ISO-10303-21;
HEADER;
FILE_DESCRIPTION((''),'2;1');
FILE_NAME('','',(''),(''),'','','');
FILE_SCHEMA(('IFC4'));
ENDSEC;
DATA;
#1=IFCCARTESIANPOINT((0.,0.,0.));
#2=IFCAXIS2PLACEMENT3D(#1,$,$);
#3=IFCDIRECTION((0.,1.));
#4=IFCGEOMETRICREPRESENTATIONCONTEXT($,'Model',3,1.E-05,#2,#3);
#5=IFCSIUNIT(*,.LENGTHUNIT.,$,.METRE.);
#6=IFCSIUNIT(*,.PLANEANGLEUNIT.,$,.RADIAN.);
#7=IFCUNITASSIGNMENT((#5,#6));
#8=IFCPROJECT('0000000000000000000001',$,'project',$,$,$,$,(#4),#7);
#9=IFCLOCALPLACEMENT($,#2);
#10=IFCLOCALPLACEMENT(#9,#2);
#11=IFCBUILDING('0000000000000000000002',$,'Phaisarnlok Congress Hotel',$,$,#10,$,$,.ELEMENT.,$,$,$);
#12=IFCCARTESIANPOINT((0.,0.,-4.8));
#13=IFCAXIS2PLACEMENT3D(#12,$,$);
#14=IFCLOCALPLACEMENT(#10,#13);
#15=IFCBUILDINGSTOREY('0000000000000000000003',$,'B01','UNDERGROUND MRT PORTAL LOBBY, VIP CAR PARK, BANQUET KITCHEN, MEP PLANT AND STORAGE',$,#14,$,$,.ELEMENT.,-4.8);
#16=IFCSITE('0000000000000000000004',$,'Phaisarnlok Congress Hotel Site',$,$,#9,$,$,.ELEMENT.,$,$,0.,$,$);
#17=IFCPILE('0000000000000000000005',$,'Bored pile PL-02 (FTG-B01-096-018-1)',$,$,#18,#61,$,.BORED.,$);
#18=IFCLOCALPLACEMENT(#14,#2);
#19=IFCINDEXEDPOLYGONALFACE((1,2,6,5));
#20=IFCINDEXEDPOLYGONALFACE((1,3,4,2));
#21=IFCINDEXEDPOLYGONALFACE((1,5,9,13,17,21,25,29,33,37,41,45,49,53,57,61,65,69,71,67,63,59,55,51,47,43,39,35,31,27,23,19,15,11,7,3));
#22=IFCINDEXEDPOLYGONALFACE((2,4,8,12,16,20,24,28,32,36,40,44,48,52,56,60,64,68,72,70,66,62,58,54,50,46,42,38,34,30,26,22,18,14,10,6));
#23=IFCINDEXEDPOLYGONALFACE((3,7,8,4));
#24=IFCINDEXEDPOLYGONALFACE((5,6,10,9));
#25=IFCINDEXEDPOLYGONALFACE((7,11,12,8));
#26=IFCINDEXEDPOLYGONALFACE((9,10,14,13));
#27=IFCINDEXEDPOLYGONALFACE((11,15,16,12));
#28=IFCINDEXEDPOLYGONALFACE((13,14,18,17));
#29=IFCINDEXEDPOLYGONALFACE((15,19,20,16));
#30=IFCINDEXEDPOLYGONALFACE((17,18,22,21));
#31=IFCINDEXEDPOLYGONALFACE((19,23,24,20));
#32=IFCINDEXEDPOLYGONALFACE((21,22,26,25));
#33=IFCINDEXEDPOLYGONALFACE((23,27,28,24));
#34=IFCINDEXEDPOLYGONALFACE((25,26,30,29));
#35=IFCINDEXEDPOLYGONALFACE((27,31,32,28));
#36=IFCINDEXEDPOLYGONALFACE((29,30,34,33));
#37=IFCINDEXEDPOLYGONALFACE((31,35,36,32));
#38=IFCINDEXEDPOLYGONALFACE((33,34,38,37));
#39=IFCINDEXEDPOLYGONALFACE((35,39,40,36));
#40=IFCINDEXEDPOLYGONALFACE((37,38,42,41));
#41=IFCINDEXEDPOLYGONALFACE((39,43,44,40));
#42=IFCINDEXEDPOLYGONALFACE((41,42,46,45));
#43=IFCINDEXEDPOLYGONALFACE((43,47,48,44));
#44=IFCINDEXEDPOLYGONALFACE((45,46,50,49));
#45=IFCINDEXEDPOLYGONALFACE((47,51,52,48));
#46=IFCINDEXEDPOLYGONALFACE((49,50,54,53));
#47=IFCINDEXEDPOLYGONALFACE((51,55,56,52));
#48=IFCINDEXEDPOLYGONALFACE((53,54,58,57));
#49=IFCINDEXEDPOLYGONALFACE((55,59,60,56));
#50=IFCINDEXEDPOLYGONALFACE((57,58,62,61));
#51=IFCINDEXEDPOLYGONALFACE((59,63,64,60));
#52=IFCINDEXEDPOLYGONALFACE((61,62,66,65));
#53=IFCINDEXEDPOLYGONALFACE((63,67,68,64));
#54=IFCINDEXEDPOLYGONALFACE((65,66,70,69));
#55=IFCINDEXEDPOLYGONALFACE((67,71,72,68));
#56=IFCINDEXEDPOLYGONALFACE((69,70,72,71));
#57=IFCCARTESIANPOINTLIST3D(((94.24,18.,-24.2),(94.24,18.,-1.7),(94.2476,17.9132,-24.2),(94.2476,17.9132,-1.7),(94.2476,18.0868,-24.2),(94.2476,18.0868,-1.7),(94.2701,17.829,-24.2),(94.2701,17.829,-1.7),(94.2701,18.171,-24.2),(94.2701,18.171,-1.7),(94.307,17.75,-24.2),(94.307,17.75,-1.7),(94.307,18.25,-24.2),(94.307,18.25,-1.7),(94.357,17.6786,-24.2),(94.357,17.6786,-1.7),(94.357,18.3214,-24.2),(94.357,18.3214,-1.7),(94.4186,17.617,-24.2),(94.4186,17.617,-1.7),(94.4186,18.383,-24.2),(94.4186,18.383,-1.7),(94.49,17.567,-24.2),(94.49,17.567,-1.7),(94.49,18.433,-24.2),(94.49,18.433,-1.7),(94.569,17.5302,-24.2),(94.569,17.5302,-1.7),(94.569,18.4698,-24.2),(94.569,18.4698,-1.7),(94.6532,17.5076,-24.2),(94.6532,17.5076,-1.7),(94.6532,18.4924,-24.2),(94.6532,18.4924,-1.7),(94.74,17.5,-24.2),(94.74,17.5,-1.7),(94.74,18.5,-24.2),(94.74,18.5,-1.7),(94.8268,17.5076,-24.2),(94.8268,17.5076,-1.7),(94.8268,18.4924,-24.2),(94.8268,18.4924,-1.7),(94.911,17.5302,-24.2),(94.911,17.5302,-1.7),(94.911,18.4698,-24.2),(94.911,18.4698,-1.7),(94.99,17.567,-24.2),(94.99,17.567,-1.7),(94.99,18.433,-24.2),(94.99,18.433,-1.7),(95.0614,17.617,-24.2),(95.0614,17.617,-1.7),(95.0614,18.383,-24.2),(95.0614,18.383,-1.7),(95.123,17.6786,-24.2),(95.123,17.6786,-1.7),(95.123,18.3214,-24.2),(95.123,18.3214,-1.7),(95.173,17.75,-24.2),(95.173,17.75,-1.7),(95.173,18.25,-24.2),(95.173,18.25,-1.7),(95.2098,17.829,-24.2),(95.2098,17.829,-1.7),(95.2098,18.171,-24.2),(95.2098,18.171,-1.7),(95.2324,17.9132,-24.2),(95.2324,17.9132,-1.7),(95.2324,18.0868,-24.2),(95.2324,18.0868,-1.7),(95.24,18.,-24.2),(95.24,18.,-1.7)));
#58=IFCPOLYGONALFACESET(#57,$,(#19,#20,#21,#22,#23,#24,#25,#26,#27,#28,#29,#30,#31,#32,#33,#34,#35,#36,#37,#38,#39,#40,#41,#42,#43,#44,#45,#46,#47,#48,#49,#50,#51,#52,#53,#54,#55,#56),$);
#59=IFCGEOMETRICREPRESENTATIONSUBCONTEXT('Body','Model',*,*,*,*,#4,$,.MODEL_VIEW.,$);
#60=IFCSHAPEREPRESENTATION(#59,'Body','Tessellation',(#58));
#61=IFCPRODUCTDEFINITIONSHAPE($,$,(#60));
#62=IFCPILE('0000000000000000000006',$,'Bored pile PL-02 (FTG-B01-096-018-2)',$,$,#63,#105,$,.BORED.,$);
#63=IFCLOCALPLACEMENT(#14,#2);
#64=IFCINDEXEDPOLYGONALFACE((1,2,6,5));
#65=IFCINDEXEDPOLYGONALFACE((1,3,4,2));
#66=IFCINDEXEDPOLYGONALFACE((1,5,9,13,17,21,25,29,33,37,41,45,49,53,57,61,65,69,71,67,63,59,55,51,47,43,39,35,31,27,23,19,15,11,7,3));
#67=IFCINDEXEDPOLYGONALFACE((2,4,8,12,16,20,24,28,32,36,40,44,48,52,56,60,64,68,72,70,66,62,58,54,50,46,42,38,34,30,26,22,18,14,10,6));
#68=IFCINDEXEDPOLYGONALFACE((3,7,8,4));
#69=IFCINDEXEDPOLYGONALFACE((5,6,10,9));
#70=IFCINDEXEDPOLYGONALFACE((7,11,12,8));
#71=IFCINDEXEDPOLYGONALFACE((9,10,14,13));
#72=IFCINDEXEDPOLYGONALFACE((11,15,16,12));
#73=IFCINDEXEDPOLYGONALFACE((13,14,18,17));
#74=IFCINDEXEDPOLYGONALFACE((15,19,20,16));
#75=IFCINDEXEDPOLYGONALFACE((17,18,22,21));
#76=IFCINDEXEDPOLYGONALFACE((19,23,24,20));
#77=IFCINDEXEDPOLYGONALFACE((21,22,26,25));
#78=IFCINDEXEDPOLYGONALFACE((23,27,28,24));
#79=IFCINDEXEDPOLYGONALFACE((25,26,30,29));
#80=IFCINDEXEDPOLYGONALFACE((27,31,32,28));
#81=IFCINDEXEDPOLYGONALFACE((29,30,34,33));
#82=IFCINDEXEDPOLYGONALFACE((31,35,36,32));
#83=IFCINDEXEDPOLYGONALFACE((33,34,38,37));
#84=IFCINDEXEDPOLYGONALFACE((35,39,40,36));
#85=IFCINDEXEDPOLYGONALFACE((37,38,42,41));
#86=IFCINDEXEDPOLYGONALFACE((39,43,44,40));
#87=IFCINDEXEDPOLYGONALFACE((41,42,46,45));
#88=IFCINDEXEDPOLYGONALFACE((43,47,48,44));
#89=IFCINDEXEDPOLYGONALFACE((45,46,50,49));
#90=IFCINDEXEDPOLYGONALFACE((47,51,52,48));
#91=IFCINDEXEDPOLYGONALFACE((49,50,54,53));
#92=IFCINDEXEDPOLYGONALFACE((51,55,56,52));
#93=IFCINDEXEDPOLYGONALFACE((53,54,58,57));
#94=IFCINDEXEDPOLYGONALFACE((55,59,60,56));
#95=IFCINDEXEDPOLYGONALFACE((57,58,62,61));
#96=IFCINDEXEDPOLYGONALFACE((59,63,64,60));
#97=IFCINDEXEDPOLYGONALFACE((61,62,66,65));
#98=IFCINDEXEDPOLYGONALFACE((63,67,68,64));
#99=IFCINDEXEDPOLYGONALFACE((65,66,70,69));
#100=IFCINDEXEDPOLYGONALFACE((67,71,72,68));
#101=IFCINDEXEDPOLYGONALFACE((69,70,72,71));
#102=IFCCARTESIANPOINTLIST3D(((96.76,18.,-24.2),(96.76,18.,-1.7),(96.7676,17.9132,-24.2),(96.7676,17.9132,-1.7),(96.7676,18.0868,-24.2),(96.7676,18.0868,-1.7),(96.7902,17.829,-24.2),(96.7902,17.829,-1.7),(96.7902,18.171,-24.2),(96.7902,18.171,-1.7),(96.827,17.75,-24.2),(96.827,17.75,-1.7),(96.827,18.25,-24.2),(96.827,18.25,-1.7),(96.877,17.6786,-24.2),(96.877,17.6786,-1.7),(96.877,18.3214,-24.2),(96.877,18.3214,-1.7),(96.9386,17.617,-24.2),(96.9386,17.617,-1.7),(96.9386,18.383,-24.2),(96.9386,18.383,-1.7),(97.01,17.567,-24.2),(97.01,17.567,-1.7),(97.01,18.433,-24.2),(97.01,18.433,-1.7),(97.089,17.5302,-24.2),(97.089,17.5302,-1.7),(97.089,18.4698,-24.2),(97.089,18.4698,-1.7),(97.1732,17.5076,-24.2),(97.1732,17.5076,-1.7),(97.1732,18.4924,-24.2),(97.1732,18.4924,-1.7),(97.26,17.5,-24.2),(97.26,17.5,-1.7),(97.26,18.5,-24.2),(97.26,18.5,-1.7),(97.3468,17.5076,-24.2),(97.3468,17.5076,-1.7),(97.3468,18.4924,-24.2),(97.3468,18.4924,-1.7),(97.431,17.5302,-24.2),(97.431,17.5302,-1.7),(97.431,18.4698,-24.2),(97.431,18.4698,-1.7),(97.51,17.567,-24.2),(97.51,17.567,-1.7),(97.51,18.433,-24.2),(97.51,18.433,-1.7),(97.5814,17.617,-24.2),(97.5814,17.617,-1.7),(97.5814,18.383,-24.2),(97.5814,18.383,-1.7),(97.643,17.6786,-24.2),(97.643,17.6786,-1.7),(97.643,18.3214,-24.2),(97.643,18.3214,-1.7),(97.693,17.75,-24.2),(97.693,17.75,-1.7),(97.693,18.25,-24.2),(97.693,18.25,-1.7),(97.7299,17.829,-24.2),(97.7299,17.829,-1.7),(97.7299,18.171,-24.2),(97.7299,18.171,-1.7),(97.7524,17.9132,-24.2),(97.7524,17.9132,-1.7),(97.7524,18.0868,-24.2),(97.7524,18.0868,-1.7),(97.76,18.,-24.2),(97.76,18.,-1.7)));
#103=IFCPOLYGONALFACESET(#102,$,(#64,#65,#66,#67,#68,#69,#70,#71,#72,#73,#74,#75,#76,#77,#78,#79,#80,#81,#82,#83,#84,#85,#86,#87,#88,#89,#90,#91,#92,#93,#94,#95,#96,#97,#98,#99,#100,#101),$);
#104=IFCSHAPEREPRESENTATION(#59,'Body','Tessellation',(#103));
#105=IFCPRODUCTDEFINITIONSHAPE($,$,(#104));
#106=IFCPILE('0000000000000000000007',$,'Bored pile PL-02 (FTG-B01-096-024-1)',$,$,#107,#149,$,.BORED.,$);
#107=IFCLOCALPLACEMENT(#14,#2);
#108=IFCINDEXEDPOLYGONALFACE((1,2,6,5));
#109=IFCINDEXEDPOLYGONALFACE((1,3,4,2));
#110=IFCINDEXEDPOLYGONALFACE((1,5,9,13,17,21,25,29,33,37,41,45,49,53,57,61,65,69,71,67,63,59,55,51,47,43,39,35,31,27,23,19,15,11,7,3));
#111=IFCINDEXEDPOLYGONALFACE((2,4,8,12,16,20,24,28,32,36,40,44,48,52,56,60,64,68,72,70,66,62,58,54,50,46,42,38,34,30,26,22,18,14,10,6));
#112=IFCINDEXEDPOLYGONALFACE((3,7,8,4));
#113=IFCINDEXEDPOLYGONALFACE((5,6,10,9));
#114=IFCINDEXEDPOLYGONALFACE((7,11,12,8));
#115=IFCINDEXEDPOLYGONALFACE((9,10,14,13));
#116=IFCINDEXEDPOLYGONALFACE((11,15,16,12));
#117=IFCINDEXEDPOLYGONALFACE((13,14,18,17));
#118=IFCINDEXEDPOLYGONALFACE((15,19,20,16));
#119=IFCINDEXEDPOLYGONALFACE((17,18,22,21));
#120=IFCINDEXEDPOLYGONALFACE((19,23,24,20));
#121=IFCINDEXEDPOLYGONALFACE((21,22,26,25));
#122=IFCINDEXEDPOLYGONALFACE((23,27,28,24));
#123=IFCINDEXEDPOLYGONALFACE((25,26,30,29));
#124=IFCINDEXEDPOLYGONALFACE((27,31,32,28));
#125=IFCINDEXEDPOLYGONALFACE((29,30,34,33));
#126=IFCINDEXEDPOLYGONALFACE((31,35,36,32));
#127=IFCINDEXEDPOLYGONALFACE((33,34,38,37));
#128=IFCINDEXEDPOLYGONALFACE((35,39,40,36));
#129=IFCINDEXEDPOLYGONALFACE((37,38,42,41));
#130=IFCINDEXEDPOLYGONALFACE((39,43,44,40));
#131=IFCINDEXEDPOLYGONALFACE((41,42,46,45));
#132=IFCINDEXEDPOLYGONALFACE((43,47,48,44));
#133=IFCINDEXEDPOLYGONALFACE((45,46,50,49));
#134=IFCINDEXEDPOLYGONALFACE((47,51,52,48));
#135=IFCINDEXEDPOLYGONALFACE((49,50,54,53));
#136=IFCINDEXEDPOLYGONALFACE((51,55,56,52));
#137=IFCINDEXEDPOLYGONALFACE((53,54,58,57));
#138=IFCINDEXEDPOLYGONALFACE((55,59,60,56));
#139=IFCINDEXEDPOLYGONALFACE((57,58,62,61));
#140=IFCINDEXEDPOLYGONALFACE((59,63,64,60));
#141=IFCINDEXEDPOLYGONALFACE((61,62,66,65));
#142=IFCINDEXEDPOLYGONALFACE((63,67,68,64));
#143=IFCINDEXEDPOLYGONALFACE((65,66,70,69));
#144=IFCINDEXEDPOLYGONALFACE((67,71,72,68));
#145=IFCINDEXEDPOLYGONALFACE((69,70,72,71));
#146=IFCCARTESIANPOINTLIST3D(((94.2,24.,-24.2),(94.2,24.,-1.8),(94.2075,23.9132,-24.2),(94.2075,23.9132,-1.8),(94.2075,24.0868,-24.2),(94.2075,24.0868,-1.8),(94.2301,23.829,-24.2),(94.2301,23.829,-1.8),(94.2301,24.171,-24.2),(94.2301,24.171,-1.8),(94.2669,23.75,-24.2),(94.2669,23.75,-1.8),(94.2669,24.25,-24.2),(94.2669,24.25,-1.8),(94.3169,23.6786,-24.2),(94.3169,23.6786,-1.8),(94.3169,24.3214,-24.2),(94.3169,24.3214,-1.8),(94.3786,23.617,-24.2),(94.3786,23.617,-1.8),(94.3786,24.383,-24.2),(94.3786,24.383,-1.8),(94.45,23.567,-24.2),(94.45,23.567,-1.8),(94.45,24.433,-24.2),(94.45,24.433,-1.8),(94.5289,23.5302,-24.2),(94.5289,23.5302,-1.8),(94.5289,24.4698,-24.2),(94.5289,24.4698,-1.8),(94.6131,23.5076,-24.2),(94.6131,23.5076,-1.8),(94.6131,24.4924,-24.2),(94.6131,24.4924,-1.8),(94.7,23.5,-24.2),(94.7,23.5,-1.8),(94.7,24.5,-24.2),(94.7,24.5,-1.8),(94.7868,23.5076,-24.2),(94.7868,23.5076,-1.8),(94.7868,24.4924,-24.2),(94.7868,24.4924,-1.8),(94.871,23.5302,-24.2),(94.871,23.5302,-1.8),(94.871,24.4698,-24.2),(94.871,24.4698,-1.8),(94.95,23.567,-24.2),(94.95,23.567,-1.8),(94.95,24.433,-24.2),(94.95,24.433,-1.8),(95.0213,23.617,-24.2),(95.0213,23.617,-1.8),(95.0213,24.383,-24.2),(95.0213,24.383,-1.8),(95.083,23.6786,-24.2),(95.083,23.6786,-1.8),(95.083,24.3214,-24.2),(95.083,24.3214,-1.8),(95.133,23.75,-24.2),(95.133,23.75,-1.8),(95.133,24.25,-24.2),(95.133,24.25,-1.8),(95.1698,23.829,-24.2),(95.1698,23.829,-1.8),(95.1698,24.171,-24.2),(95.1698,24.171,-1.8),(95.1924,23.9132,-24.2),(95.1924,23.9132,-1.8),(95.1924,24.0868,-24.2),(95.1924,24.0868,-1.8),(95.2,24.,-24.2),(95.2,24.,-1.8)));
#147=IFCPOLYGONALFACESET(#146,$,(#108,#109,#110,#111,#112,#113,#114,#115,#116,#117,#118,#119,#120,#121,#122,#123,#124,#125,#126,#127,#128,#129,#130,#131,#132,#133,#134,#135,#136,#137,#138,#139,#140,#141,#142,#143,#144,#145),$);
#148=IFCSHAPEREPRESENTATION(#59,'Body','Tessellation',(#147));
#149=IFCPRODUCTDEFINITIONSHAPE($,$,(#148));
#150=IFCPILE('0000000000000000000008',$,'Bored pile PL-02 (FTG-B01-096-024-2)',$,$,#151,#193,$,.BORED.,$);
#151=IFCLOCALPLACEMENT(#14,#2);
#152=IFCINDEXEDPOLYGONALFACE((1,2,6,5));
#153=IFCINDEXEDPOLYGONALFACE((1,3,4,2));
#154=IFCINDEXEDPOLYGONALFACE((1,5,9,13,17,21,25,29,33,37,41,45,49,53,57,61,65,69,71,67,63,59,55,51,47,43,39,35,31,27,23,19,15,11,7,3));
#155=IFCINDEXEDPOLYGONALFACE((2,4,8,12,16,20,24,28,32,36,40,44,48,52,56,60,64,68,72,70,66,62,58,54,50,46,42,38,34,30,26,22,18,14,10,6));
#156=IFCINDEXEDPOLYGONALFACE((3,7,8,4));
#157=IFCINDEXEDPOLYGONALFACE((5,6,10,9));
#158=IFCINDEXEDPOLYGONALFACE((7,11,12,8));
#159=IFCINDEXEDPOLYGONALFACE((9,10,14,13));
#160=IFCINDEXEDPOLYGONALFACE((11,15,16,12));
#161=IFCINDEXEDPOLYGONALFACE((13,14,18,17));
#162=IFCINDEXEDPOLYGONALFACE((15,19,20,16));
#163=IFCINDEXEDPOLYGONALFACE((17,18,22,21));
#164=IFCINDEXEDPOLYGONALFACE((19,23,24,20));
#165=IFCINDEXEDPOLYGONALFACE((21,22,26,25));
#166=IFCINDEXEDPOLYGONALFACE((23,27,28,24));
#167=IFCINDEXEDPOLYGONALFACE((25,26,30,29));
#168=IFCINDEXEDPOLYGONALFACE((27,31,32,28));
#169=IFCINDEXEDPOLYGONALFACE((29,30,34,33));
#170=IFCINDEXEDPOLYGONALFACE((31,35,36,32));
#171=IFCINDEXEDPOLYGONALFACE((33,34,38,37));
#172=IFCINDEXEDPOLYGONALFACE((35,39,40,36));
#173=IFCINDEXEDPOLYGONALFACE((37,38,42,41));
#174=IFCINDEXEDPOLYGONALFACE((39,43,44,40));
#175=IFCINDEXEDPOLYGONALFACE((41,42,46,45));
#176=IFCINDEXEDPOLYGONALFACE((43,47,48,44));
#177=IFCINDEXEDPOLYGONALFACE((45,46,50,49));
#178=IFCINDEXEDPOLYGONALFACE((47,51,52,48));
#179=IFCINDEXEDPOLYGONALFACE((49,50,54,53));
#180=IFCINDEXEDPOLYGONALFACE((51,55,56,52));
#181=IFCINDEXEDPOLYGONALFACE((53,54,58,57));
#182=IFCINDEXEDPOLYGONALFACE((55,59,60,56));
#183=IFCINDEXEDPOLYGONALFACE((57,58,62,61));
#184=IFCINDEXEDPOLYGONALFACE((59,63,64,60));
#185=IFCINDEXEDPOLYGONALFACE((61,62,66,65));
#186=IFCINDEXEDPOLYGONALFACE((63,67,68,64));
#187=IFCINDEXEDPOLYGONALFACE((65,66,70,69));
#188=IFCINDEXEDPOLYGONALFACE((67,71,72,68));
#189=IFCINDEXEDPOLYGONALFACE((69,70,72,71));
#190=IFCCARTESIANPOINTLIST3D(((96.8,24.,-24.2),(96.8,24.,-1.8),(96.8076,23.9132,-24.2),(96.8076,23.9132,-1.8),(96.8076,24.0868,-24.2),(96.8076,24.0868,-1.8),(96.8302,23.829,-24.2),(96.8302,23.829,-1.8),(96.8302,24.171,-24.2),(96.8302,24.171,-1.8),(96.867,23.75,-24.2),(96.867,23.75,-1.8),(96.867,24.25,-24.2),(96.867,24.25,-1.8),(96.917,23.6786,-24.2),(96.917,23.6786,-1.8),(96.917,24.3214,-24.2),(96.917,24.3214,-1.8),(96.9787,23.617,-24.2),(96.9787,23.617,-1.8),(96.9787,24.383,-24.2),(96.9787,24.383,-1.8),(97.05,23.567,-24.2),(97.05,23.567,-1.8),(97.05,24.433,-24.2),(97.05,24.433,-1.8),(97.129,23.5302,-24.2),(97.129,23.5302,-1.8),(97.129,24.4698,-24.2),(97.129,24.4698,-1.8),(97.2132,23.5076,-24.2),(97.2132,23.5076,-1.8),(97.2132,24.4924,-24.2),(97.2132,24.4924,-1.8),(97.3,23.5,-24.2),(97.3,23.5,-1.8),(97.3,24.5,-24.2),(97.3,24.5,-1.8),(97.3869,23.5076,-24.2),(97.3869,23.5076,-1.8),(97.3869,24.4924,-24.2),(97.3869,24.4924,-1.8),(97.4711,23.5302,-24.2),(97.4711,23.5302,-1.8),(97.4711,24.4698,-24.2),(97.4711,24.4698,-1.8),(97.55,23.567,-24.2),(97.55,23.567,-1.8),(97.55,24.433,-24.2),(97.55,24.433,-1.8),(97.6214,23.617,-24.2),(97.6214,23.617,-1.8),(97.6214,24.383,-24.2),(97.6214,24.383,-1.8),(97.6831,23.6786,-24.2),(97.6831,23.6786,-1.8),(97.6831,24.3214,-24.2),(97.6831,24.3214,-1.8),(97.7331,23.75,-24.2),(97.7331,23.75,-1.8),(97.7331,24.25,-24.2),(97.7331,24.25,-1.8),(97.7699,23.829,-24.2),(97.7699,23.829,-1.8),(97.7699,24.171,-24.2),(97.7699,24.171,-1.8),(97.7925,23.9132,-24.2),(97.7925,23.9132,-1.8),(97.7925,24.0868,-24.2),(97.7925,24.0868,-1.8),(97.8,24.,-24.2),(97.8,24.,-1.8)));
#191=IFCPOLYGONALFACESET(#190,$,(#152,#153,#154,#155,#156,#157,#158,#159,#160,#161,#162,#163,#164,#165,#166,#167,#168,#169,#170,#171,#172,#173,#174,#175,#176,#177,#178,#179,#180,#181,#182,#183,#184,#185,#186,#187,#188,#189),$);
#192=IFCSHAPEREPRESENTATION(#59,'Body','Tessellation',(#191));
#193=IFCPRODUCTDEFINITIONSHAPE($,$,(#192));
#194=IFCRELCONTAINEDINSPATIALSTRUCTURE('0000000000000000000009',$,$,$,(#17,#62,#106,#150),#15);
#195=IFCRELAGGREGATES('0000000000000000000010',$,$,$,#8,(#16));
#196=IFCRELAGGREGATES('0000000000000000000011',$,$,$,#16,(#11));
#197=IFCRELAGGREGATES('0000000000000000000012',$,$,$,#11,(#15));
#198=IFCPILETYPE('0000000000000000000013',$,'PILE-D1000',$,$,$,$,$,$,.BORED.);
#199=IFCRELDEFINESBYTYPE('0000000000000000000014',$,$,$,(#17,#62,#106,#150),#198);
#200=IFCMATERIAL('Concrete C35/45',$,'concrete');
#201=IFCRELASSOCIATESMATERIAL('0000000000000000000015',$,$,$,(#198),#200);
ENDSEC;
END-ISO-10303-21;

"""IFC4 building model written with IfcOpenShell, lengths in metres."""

from ifc_helpers import new_model, si_unit, direction, frame, origin, origin_2d, place, context, subcontext, project, spatial, circle, extrude, material, material_profile, profile_set, type_object, element, save


model = new_model("IFC4")

# Units and contexts
model_context = context("Model", 3, precision=1e-05, world=origin(), true_north=direction((0.0, 1.0)))
body_context = subcontext(model_context, "Body", "Model", "MODEL_VIEW")
ifc_project = project(units=[si_unit("LENGTHUNIT", "METRE"), si_unit("PLANEANGLEUNIT", "RADIAN")], contexts=[model_context])

# Site, building, storey
site_placement = place(None, origin())
site = spatial("IfcSite", under=ifc_project, at=site_placement, Name="Phaisarnlok Congress Hotel Site", CompositionType="ELEMENT", RefElevation=0.0)
building_placement = place(site_placement, origin())
building = spatial("IfcBuilding", under=site, at=building_placement, Name="Phaisarnlok Congress Hotel", CompositionType="ELEMENT")
storey_placement = place(building_placement, frame((0.0, 0.0, -4.8)))
storey = spatial("IfcBuildingStorey", under=building, at=storey_placement, Name="B01", Description="UNDERGROUND MRT PORTAL LOBBY, VIP CAR PARK, BANQUET KITCHEN, MEP PLANT AND STORAGE", CompositionType="ELEMENT", Elevation=-4.8)

# Piles
ifc_material_1 = material(Name="Concrete C35/45", Category="concrete")
ifc_material_profile_1 = material_profile(ifc_material_1, circle(Radius=0.5, at=origin_2d()), Name="BORED PILE D1000")
ifc_profile_set_1 = profile_set([ifc_material_profile_1], Name="Concrete C35/45")
pile_type_1 = type_object("IfcPileType", Name="PILE-D1000", PredefinedType="BORED", material=ifc_profile_set_1)
for number, where, z_axis, x_axis, name in (
    (1, (94.74, 18.0, -1.7), (0.0, 0.0, -1.0), (1.0, 0.0, 0.0), "Bored pile PL-02 (FTG-B01-096-018-1)"),
    (2, (97.26, 18.0, -1.7), (0.0, 0.0, -1.0), (1.0, 0.0, 0.0), "Bored pile PL-02 (FTG-B01-096-018-2)"),
):
    element("IfcPile", number, at=place(storey_placement, frame(where, z_axis=z_axis, x_axis=x_axis)), inside=storey, type_object=pile_type_1, Name=name, PredefinedType="BORED", context=body_context, shape_type="SweptSolid", body=[
        extrude(circle(Radius=0.5, at=origin_2d()), origin(), (0.0, 0.0, 1.0), 22.5),
    ])
for number, where, z_axis, x_axis, name in (
    (3, (94.7, 24.0, -1.8), (0.0, 0.0, -1.0), (1.0, 0.0, 0.0), "Bored pile PL-02 (FTG-B01-096-024-1)"),
    (4, (97.3, 24.0, -1.8), (0.0, 0.0, -1.0), (1.0, 0.0, 0.0), "Bored pile PL-02 (FTG-B01-096-024-2)"),
):
    element("IfcPile", number, at=place(storey_placement, frame(where, z_axis=z_axis, x_axis=x_axis)), inside=storey, type_object=pile_type_1, Name=name, PredefinedType="BORED", context=body_context, shape_type="SweptSolid", body=[
        extrude(circle(Radius=0.5, at=origin_2d()), origin(), (0.0, 0.0, 1.0), 22.3999),
    ])

save(model, "model.ifc")
